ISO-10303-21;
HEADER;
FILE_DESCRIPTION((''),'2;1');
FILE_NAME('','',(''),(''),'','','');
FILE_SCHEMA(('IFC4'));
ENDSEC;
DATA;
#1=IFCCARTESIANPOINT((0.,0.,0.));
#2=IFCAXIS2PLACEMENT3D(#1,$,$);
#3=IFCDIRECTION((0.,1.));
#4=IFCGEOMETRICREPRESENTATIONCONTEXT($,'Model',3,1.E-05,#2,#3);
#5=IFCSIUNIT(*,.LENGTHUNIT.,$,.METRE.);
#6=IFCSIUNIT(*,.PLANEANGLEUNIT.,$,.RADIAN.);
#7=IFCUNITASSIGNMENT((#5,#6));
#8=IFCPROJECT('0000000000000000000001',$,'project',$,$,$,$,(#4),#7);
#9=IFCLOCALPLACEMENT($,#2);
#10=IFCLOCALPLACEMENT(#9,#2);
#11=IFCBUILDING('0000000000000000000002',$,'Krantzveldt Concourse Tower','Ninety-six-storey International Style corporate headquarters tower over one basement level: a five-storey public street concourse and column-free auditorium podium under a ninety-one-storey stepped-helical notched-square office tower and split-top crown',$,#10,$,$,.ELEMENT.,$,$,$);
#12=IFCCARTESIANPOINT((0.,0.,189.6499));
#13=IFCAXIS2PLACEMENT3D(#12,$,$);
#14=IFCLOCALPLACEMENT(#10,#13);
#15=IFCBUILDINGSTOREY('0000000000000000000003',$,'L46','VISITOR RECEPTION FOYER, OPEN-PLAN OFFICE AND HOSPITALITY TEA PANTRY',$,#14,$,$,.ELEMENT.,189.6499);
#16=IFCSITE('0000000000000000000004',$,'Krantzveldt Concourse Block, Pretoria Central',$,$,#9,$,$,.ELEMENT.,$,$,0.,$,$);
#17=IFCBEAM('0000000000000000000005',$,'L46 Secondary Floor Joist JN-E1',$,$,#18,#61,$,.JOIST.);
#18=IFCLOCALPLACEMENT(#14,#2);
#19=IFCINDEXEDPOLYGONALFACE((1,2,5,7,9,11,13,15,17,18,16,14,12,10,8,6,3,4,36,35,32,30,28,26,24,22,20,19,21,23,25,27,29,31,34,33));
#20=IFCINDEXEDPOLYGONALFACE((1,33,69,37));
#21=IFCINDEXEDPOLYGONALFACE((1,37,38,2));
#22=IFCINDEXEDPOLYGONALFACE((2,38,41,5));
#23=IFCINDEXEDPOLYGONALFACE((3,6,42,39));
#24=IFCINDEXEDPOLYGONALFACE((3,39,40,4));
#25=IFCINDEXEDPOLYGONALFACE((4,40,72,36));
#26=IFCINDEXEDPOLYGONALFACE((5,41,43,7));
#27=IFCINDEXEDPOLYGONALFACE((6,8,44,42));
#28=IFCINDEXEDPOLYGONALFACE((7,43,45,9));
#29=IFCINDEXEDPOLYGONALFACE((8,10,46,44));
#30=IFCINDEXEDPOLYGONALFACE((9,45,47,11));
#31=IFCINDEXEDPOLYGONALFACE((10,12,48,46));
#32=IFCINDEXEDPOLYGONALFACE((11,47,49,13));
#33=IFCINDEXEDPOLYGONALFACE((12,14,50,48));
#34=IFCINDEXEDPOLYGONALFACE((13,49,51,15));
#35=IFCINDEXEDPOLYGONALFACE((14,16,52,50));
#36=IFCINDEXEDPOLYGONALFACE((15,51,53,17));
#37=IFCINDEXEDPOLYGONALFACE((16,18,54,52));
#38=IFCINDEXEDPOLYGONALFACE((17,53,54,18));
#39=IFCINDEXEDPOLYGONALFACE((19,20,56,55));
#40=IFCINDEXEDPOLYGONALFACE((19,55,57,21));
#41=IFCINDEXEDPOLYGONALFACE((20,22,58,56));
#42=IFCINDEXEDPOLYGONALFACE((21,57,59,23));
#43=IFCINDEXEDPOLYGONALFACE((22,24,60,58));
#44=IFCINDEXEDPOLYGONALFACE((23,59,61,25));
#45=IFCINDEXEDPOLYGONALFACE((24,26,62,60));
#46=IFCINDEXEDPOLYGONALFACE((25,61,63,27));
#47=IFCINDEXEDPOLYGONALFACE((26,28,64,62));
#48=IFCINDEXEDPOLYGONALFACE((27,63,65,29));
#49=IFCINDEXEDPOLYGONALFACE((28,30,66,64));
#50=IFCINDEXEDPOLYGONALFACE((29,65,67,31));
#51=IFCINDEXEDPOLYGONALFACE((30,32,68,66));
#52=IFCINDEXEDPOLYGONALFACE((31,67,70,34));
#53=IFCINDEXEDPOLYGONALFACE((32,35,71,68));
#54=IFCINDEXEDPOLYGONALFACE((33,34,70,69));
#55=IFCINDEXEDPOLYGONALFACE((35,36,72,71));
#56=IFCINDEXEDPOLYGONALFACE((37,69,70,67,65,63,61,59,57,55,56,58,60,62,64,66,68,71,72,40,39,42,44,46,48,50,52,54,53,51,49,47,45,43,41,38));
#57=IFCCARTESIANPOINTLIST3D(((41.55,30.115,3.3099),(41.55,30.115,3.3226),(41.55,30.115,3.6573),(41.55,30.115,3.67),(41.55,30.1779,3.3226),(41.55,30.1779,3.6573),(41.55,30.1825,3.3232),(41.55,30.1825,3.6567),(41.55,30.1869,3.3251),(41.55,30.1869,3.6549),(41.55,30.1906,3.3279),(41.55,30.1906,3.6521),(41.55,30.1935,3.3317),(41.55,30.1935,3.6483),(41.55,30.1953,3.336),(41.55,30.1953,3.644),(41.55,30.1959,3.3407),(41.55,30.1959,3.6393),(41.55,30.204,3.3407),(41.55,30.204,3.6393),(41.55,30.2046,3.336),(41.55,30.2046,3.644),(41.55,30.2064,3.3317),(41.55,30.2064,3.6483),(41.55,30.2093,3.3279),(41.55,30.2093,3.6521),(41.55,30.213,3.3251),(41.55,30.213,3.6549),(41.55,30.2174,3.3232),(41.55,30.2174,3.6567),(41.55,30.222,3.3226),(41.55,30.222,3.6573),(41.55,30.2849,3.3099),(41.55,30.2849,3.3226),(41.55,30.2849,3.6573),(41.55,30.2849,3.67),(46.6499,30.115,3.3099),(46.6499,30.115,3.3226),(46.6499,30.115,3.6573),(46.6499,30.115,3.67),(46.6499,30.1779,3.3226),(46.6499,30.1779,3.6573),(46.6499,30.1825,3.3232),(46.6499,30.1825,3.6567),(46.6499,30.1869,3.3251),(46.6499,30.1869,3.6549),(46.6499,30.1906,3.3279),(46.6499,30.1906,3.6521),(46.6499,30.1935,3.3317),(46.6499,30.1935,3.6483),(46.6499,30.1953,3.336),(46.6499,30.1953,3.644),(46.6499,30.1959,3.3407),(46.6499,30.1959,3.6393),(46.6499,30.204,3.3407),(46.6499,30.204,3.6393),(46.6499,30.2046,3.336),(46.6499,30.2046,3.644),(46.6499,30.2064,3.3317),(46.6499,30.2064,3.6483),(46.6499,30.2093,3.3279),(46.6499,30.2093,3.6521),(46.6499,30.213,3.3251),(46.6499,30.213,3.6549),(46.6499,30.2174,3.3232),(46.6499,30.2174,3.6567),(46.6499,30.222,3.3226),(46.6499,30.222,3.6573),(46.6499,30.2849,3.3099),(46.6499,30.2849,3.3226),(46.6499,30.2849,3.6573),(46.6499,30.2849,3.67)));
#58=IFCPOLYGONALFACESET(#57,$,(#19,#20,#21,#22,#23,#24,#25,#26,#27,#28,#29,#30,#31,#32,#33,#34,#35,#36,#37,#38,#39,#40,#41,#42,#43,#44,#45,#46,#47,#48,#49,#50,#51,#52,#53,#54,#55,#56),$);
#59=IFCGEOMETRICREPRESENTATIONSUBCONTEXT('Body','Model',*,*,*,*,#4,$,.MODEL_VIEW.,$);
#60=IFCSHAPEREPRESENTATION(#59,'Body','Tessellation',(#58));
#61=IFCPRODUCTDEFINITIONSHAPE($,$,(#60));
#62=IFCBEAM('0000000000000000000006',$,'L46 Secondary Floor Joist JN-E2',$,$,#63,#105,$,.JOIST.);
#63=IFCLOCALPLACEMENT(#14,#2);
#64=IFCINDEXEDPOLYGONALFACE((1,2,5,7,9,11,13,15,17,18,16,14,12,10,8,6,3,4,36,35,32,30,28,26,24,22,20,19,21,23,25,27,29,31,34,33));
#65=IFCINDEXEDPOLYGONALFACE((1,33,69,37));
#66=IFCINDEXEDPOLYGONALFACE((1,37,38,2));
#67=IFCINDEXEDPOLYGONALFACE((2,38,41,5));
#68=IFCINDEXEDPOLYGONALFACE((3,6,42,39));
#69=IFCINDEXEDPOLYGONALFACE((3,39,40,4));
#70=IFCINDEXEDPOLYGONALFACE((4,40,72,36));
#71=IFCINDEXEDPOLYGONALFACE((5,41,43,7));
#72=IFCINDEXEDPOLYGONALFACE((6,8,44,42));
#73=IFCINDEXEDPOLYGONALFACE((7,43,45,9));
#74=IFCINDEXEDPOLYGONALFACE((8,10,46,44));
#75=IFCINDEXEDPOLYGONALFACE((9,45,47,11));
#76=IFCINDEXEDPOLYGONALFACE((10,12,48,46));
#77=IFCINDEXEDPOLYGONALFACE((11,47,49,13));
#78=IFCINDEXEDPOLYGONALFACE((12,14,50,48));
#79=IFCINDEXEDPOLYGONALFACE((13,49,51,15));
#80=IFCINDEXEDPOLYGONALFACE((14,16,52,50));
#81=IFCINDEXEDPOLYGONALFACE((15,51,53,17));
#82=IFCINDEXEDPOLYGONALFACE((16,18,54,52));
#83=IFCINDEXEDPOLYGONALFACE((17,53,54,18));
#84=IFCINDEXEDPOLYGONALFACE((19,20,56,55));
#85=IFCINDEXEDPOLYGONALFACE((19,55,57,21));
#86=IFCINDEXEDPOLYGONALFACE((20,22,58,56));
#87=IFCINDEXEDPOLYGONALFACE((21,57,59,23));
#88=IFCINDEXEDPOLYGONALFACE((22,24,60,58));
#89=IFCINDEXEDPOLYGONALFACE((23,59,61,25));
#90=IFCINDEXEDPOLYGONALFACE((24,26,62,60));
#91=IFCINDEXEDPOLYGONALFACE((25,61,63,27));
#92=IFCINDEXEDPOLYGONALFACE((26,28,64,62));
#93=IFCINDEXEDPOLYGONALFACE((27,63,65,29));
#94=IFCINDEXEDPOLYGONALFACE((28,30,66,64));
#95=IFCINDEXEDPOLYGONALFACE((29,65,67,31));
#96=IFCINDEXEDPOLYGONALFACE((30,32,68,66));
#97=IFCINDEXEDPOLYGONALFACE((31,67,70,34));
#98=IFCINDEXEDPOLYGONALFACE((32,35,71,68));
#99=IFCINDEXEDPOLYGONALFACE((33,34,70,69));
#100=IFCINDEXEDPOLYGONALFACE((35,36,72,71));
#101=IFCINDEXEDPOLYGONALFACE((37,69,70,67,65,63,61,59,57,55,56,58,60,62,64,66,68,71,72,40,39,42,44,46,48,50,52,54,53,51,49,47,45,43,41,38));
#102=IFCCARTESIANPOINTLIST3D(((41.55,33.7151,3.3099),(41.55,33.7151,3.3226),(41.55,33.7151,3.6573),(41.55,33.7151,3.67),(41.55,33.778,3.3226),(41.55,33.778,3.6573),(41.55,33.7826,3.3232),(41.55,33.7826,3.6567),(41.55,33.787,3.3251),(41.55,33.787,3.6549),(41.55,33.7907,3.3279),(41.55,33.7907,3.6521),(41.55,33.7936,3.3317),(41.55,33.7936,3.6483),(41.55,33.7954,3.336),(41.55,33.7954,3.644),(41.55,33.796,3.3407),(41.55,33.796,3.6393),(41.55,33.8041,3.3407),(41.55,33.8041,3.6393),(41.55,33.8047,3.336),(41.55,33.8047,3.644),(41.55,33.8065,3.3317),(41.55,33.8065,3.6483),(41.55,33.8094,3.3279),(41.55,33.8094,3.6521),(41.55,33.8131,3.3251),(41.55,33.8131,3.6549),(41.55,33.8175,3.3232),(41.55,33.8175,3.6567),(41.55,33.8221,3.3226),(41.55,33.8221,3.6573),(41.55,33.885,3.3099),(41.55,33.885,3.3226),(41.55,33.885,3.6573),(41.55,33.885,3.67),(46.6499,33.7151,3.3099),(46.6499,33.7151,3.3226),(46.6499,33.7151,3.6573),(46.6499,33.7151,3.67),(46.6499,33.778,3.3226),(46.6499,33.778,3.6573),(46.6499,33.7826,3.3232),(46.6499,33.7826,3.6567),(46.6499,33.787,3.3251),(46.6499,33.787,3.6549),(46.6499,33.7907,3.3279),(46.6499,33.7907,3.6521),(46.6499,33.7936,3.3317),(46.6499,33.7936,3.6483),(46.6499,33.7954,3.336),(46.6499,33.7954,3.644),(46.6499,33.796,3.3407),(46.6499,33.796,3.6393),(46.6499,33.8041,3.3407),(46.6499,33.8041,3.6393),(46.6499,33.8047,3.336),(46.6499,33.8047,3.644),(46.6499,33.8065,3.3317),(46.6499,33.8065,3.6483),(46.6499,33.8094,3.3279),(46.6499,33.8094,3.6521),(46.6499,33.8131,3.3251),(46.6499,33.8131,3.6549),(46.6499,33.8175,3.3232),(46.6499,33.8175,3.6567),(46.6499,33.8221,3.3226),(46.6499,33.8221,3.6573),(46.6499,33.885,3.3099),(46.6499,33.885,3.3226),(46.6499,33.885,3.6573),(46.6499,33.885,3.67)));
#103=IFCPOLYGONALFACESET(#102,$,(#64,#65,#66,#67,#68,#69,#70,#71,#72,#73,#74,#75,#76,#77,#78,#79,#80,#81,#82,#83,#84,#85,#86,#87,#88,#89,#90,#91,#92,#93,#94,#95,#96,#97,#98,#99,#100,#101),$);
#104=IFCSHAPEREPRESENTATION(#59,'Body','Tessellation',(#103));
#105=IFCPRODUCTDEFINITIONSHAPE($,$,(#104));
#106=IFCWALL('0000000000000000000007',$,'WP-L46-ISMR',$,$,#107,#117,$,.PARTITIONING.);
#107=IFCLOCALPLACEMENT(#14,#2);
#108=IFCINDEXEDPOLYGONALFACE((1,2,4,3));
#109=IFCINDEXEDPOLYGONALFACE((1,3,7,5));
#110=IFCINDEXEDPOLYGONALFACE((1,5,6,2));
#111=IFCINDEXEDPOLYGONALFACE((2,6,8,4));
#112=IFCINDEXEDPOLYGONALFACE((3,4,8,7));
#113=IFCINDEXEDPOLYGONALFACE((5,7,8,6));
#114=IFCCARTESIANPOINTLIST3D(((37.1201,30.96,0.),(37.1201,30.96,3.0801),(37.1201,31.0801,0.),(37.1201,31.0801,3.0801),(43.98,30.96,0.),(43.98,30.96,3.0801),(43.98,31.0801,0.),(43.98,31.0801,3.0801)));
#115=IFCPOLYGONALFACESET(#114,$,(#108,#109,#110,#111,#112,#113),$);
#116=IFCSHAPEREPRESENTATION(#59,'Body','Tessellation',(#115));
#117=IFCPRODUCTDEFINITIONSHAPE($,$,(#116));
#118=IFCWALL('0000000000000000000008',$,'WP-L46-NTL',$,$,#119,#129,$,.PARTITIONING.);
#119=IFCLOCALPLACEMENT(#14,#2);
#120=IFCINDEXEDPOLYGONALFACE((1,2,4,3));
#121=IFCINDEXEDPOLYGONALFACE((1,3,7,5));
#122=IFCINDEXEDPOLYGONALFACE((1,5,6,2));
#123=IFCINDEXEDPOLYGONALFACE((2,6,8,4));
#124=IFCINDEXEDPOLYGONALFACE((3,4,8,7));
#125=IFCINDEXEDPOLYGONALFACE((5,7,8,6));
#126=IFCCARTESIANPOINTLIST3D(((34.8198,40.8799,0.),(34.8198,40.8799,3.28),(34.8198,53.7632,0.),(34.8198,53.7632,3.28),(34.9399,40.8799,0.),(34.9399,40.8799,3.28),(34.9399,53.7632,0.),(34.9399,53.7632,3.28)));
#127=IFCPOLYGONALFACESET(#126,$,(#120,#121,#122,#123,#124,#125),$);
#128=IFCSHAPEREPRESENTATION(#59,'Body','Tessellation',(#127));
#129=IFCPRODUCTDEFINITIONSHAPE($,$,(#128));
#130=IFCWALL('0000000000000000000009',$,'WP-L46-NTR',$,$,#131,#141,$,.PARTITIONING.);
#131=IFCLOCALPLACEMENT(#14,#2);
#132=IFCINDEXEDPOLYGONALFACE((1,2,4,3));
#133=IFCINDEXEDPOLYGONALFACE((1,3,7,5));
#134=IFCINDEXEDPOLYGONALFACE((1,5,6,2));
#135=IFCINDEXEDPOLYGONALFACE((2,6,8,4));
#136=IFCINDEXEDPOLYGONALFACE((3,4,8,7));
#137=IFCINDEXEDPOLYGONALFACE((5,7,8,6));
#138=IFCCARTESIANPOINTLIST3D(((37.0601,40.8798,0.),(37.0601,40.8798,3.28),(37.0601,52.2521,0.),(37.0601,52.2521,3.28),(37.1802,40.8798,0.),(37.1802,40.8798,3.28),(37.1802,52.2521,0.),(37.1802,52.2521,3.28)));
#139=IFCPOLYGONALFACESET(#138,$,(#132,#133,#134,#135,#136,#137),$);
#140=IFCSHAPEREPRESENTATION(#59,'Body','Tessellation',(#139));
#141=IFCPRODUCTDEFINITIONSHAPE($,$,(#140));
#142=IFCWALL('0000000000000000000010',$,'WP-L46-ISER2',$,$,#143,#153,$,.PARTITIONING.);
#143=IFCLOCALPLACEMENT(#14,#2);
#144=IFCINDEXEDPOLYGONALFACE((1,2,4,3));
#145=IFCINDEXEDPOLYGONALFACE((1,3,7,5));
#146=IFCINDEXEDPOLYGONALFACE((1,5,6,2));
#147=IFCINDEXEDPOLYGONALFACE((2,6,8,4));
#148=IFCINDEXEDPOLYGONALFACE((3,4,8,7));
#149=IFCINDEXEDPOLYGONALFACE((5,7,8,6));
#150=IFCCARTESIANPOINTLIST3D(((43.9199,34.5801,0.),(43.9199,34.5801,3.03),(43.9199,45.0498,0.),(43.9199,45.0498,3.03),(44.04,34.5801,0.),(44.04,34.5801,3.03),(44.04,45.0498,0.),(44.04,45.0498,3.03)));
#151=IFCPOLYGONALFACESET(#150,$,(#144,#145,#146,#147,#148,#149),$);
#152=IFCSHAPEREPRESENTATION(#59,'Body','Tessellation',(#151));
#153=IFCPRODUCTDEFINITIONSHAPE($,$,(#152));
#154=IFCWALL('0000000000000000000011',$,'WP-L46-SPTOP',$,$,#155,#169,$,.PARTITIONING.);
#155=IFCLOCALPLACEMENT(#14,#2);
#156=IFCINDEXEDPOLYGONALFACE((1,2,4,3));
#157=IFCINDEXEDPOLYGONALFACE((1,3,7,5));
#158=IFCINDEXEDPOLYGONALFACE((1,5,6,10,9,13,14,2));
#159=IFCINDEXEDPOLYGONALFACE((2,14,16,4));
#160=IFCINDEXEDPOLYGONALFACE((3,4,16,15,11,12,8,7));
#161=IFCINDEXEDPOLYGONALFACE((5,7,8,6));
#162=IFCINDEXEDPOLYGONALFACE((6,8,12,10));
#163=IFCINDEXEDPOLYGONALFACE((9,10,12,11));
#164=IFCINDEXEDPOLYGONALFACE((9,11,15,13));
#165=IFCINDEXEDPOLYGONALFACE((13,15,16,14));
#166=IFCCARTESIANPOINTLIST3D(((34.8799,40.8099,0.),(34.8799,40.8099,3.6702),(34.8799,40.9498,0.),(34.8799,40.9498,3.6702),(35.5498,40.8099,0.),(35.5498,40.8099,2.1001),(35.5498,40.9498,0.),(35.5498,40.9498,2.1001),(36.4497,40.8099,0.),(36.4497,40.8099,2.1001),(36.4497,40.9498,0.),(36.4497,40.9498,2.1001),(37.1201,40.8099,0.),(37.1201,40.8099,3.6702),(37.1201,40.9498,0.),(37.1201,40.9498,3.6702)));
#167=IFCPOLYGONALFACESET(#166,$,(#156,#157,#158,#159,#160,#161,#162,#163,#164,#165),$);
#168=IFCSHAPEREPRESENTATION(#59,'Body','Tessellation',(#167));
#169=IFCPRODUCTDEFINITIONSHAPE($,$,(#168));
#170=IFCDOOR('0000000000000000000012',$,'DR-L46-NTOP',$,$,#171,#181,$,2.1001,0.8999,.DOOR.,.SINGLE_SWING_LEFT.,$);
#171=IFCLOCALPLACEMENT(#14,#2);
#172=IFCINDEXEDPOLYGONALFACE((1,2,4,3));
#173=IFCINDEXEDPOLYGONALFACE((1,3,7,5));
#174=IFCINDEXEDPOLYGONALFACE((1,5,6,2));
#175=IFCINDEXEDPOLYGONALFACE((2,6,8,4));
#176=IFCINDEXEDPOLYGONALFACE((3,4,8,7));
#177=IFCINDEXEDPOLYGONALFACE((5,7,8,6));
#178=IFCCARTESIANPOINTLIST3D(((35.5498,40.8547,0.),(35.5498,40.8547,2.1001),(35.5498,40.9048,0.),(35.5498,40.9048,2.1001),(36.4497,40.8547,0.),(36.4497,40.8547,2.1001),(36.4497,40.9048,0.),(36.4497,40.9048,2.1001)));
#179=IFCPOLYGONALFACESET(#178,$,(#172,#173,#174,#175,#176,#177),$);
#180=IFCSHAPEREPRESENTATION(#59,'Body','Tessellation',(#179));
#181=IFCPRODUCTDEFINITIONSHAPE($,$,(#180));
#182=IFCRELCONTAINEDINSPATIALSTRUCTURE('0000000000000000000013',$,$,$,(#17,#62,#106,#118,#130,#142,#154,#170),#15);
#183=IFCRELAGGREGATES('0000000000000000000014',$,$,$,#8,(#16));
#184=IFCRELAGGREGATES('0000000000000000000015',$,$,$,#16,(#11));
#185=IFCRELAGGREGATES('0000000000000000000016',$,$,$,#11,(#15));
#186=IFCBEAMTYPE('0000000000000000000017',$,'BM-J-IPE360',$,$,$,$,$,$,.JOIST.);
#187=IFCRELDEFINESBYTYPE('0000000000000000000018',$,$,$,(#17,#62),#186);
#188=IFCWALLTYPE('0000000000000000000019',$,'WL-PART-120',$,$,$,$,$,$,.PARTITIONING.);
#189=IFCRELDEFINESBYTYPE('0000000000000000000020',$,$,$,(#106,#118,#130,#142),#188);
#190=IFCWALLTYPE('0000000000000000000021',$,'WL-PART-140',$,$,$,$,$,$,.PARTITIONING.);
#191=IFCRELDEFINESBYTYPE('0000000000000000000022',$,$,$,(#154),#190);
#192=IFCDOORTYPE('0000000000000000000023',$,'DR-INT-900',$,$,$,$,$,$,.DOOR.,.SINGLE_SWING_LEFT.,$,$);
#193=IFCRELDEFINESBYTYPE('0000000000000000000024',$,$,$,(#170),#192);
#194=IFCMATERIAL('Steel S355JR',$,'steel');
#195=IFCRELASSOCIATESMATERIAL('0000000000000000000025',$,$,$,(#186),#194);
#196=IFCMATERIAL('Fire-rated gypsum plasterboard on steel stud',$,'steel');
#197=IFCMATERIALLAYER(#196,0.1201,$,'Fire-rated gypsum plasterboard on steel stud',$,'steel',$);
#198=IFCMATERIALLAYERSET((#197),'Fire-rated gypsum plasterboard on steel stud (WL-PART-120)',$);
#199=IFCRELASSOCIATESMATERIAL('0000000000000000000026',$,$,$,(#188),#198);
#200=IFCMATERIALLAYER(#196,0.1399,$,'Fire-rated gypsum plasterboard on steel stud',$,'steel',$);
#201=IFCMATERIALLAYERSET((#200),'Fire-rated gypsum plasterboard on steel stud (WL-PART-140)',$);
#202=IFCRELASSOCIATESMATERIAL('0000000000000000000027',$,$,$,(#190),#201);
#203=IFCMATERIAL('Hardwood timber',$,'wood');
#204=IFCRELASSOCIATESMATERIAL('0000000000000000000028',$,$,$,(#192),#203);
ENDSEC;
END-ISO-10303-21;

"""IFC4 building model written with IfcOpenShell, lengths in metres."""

from ifc_helpers import new_model, si_unit, direction, frame, frame_2d, origin, origin_2d, place, context, subcontext, project, spatial, rectangle, i_section, extrude, source, transform, mapped, material, layer, layer_set, material_profile, profile_set, type_object, type_shapes, element, fill, save


model = new_model("IFC4")

# Units and contexts
model_context = context("Model", 3, precision=1e-05, world=origin(), true_north=direction((0.0, 1.0)))
body_context = subcontext(model_context, "Body", "Model", "MODEL_VIEW")
ifc_project = project(units=[si_unit("LENGTHUNIT", "METRE"), si_unit("PLANEANGLEUNIT", "RADIAN")], contexts=[model_context])

# Site, building, storey
site_placement = place(None, origin())
site = spatial("IfcSite", under=ifc_project, at=site_placement, Name="Krantzveldt Concourse Block, Pretoria Central", CompositionType="ELEMENT", RefElevation=0.0)
building_placement = place(site_placement, origin())
building = spatial("IfcBuilding", under=site, at=building_placement, Name="Krantzveldt Concourse Tower", Description="Ninety-six-storey International Style corporate headquarters tower over one basement level: a five-storey public street concourse and column-free auditorium podium under a ninety-one-storey stepped-helical notched-square office tower and split-top crown", CompositionType="ELEMENT")
storey_placement = place(building_placement, frame((0.0, 0.0, 189.6499)))
storey = spatial("IfcBuildingStorey", under=building, at=storey_placement, Name="L46", Description="VISITOR RECEPTION FOYER, OPEN-PLAN OFFICE AND HOSPITALITY TEA PANTRY", CompositionType="ELEMENT", Elevation=189.6499)

# Beams
ifc_material_1 = material(Name="Steel S355JR", Category="steel")
ifc_material_profile = material_profile(ifc_material_1, i_section(OverallWidth=0.1699, OverallDepth=0.3601, WebThickness=0.0081, FlangeThickness=0.0127, FilletRadius=0.0181, at=origin_2d()), Name="Steel S355JR", Category="steel")
ifc_profile_set = profile_set([ifc_material_profile], Name="Steel S355JR - IPE 360")
beam_type = type_object("IfcBeamType", Name="BM-J-IPE360", PredefinedType="JOIST", material=ifc_profile_set)
shared_shape = source(origin(), body_context, "Body", "SweptSolid", [
    extrude(i_section(OverallWidth=0.1699, OverallDepth=0.3601, WebThickness=0.0081, FlangeThickness=0.0127, FilletRadius=0.0181, at=origin_2d()), origin(), (0.0, 0.0, 1.0), 5.0999),
])
type_shapes(beam_type, [shared_shape])
for number, where, z_axis, x_axis, name in (
    (1, (41.55, 30.2, 3.49), (1.0, 0.0, 0.0), (0.0, 1.0, 0.0), "L46 Secondary Floor Joist JN-E1"),
    (2, (41.55, 33.8, 3.49), (1.0, 0.0, 0.0), (0.0, 1.0, 0.0), "L46 Secondary Floor Joist JN-E2"),
):
    element("IfcBeam", number, at=place(storey_placement, frame(where, z_axis=z_axis, x_axis=x_axis)), inside=storey, type_object=beam_type, Name=name, PredefinedType="JOIST", context=body_context, shape_type="MappedRepresentation", body=[
        mapped(shared_shape, transform((0.0, 0.0, 0.0), x_axis=(1.0, 0.0, 0.0), y_axis=(0.0, 1.0, 0.0), z_axis=(0.0, 0.0, 1.0), scale=1.0)),
    ])

# Walls
ifc_material_2 = material(Name="Fire-rated gypsum plasterboard on steel stud", Category="steel")
ifc_layer_1 = layer(ifc_material_2, 0.1201, Name="Fire-rated gypsum plasterboard on steel stud", Category="steel")
ifc_layer_set_1 = layer_set([ifc_layer_1], Name="Fire-rated gypsum plasterboard on steel stud (WL-PART-120)")
wall_type_1 = type_object("IfcWallType", Name="WL-PART-120", PredefinedType="PARTITIONING", material=ifc_layer_set_1)
wall_1_placement = place(storey_placement, frame((37.1201, 31.02, 0.0), z_axis=(0.0, 0.0, 1.0), x_axis=(1.0, 0.0, 0.0)))
element("IfcWall", 3, at=wall_1_placement, inside=storey, type_object=wall_type_1, Name="WP-L46-ISMR", PredefinedType="PARTITIONING", context=body_context, shape_type="SweptSolid", body=[
    extrude(rectangle(XDim=6.8599, YDim=0.1201, at=frame_2d((3.4299, 0.0))), origin(), (0.0, 0.0, 1.0), 3.0801),
])
wall_2_placement = place(storey_placement, frame((34.8799, 40.8799, 0.0), z_axis=(0.0, 0.0, 1.0), x_axis=(0.0, 1.0, 0.0)))
element("IfcWall", 4, at=wall_2_placement, inside=storey, type_object=wall_type_1, Name="WP-L46-NTL", PredefinedType="PARTITIONING", context=body_context, shape_type="SweptSolid", body=[
    extrude(rectangle(XDim=12.8833, YDim=0.1201, at=frame_2d((6.4417, 0.0))), origin(), (0.0, 0.0, 1.0), 3.28),
])
wall_3_placement = place(storey_placement, frame((37.1201, 40.8799, 0.0), z_axis=(0.0, 0.0, 1.0), x_axis=(0.0, 1.0, 0.0)))
element("IfcWall", 5, at=wall_3_placement, inside=storey, type_object=wall_type_1, Name="WP-L46-NTR", PredefinedType="PARTITIONING", context=body_context, shape_type="SweptSolid", body=[
    extrude(rectangle(XDim=11.3723, YDim=0.1201, at=frame_2d((5.686, 0.0))), origin(), (0.0, 0.0, 1.0), 3.28),
])
wall_4_placement = place(storey_placement, frame((43.98, 34.5801, 0.0), z_axis=(0.0, 0.0, 1.0), x_axis=(0.0, 1.0, 0.0)))
element("IfcWall", 6, at=wall_4_placement, inside=storey, type_object=wall_type_1, Name="WP-L46-ISER2", PredefinedType="PARTITIONING", context=body_context, shape_type="SweptSolid", body=[
    extrude(rectangle(XDim=10.4697, YDim=0.1201, at=frame_2d((5.2349, 0.0))), origin(), (0.0, 0.0, 1.0), 3.03),
])

# Wall, opening, door
ifc_layer_2 = layer(ifc_material_2, 0.1399, Name="Fire-rated gypsum plasterboard on steel stud", Category="steel")
ifc_layer_set_2 = layer_set([ifc_layer_2], Name="Fire-rated gypsum plasterboard on steel stud (WL-PART-140)")
wall_type_2 = type_object("IfcWallType", Name="WL-PART-140", PredefinedType="PARTITIONING", material=ifc_layer_set_2)
wall_5_placement = place(storey_placement, frame((34.8799, 40.8799, 0.0), z_axis=(0.0, 0.0, 1.0), x_axis=(1.0, 0.0, 0.0)))
wall_5 = element("IfcWall", 7, at=wall_5_placement, inside=storey, type_object=wall_type_2, Name="WP-L46-SPTOP", PredefinedType="PARTITIONING", context=body_context, shape_type="SweptSolid", body=[
    extrude(rectangle(XDim=2.2402, YDim=0.1399, at=frame_2d((1.1201, 0.0))), origin(), (0.0, 0.0, 1.0), 3.6702),
])
opening_placement = place(wall_5_placement, frame((0.6699, 0.0, 0.0)))
opening = element("IfcOpeningElement", 8, at=opening_placement, cuts=wall_5, PredefinedType="OPENING", context=body_context, shape_type="SweptSolid", body=[
    extrude(rectangle(XDim=0.8999, YDim=2.1001, at=frame_2d((0.45, 1.05))), frame((0.0, 0.0801, 0.0), z_axis=(0.0, -1.0, 0.0), x_axis=(1.0, 0.0, 0.0)), (0.0, 0.0, 1.0), 0.1599),
])
ifc_material_3 = material(Name="Hardwood timber", Category="wood")
door_type = type_object("IfcDoorType", Name="DR-INT-900", OperationType="SINGLE_SWING_LEFT", PredefinedType="DOOR", material=ifc_material_3)
door_placement = place(opening_placement, origin())
door = element("IfcDoor", 9, at=door_placement, inside=storey, type_object=door_type, Name="DR-L46-NTOP", OperationType="SINGLE_SWING_LEFT", OverallHeight=2.1001, OverallWidth=0.8999, PredefinedType="DOOR", context=body_context, shape_type="SweptSolid", body=[
    extrude(rectangle(XDim=0.8999, YDim=2.1001, at=frame_2d((0.45, 1.05))), frame((0.0, 0.0249, 0.0), z_axis=(0.0, -1.0, 0.0), x_axis=(1.0, 0.0, 0.0)), (0.0, 0.0, 1.0), 0.05),
])
fill(opening, door)

save(model, "model.ifc")
